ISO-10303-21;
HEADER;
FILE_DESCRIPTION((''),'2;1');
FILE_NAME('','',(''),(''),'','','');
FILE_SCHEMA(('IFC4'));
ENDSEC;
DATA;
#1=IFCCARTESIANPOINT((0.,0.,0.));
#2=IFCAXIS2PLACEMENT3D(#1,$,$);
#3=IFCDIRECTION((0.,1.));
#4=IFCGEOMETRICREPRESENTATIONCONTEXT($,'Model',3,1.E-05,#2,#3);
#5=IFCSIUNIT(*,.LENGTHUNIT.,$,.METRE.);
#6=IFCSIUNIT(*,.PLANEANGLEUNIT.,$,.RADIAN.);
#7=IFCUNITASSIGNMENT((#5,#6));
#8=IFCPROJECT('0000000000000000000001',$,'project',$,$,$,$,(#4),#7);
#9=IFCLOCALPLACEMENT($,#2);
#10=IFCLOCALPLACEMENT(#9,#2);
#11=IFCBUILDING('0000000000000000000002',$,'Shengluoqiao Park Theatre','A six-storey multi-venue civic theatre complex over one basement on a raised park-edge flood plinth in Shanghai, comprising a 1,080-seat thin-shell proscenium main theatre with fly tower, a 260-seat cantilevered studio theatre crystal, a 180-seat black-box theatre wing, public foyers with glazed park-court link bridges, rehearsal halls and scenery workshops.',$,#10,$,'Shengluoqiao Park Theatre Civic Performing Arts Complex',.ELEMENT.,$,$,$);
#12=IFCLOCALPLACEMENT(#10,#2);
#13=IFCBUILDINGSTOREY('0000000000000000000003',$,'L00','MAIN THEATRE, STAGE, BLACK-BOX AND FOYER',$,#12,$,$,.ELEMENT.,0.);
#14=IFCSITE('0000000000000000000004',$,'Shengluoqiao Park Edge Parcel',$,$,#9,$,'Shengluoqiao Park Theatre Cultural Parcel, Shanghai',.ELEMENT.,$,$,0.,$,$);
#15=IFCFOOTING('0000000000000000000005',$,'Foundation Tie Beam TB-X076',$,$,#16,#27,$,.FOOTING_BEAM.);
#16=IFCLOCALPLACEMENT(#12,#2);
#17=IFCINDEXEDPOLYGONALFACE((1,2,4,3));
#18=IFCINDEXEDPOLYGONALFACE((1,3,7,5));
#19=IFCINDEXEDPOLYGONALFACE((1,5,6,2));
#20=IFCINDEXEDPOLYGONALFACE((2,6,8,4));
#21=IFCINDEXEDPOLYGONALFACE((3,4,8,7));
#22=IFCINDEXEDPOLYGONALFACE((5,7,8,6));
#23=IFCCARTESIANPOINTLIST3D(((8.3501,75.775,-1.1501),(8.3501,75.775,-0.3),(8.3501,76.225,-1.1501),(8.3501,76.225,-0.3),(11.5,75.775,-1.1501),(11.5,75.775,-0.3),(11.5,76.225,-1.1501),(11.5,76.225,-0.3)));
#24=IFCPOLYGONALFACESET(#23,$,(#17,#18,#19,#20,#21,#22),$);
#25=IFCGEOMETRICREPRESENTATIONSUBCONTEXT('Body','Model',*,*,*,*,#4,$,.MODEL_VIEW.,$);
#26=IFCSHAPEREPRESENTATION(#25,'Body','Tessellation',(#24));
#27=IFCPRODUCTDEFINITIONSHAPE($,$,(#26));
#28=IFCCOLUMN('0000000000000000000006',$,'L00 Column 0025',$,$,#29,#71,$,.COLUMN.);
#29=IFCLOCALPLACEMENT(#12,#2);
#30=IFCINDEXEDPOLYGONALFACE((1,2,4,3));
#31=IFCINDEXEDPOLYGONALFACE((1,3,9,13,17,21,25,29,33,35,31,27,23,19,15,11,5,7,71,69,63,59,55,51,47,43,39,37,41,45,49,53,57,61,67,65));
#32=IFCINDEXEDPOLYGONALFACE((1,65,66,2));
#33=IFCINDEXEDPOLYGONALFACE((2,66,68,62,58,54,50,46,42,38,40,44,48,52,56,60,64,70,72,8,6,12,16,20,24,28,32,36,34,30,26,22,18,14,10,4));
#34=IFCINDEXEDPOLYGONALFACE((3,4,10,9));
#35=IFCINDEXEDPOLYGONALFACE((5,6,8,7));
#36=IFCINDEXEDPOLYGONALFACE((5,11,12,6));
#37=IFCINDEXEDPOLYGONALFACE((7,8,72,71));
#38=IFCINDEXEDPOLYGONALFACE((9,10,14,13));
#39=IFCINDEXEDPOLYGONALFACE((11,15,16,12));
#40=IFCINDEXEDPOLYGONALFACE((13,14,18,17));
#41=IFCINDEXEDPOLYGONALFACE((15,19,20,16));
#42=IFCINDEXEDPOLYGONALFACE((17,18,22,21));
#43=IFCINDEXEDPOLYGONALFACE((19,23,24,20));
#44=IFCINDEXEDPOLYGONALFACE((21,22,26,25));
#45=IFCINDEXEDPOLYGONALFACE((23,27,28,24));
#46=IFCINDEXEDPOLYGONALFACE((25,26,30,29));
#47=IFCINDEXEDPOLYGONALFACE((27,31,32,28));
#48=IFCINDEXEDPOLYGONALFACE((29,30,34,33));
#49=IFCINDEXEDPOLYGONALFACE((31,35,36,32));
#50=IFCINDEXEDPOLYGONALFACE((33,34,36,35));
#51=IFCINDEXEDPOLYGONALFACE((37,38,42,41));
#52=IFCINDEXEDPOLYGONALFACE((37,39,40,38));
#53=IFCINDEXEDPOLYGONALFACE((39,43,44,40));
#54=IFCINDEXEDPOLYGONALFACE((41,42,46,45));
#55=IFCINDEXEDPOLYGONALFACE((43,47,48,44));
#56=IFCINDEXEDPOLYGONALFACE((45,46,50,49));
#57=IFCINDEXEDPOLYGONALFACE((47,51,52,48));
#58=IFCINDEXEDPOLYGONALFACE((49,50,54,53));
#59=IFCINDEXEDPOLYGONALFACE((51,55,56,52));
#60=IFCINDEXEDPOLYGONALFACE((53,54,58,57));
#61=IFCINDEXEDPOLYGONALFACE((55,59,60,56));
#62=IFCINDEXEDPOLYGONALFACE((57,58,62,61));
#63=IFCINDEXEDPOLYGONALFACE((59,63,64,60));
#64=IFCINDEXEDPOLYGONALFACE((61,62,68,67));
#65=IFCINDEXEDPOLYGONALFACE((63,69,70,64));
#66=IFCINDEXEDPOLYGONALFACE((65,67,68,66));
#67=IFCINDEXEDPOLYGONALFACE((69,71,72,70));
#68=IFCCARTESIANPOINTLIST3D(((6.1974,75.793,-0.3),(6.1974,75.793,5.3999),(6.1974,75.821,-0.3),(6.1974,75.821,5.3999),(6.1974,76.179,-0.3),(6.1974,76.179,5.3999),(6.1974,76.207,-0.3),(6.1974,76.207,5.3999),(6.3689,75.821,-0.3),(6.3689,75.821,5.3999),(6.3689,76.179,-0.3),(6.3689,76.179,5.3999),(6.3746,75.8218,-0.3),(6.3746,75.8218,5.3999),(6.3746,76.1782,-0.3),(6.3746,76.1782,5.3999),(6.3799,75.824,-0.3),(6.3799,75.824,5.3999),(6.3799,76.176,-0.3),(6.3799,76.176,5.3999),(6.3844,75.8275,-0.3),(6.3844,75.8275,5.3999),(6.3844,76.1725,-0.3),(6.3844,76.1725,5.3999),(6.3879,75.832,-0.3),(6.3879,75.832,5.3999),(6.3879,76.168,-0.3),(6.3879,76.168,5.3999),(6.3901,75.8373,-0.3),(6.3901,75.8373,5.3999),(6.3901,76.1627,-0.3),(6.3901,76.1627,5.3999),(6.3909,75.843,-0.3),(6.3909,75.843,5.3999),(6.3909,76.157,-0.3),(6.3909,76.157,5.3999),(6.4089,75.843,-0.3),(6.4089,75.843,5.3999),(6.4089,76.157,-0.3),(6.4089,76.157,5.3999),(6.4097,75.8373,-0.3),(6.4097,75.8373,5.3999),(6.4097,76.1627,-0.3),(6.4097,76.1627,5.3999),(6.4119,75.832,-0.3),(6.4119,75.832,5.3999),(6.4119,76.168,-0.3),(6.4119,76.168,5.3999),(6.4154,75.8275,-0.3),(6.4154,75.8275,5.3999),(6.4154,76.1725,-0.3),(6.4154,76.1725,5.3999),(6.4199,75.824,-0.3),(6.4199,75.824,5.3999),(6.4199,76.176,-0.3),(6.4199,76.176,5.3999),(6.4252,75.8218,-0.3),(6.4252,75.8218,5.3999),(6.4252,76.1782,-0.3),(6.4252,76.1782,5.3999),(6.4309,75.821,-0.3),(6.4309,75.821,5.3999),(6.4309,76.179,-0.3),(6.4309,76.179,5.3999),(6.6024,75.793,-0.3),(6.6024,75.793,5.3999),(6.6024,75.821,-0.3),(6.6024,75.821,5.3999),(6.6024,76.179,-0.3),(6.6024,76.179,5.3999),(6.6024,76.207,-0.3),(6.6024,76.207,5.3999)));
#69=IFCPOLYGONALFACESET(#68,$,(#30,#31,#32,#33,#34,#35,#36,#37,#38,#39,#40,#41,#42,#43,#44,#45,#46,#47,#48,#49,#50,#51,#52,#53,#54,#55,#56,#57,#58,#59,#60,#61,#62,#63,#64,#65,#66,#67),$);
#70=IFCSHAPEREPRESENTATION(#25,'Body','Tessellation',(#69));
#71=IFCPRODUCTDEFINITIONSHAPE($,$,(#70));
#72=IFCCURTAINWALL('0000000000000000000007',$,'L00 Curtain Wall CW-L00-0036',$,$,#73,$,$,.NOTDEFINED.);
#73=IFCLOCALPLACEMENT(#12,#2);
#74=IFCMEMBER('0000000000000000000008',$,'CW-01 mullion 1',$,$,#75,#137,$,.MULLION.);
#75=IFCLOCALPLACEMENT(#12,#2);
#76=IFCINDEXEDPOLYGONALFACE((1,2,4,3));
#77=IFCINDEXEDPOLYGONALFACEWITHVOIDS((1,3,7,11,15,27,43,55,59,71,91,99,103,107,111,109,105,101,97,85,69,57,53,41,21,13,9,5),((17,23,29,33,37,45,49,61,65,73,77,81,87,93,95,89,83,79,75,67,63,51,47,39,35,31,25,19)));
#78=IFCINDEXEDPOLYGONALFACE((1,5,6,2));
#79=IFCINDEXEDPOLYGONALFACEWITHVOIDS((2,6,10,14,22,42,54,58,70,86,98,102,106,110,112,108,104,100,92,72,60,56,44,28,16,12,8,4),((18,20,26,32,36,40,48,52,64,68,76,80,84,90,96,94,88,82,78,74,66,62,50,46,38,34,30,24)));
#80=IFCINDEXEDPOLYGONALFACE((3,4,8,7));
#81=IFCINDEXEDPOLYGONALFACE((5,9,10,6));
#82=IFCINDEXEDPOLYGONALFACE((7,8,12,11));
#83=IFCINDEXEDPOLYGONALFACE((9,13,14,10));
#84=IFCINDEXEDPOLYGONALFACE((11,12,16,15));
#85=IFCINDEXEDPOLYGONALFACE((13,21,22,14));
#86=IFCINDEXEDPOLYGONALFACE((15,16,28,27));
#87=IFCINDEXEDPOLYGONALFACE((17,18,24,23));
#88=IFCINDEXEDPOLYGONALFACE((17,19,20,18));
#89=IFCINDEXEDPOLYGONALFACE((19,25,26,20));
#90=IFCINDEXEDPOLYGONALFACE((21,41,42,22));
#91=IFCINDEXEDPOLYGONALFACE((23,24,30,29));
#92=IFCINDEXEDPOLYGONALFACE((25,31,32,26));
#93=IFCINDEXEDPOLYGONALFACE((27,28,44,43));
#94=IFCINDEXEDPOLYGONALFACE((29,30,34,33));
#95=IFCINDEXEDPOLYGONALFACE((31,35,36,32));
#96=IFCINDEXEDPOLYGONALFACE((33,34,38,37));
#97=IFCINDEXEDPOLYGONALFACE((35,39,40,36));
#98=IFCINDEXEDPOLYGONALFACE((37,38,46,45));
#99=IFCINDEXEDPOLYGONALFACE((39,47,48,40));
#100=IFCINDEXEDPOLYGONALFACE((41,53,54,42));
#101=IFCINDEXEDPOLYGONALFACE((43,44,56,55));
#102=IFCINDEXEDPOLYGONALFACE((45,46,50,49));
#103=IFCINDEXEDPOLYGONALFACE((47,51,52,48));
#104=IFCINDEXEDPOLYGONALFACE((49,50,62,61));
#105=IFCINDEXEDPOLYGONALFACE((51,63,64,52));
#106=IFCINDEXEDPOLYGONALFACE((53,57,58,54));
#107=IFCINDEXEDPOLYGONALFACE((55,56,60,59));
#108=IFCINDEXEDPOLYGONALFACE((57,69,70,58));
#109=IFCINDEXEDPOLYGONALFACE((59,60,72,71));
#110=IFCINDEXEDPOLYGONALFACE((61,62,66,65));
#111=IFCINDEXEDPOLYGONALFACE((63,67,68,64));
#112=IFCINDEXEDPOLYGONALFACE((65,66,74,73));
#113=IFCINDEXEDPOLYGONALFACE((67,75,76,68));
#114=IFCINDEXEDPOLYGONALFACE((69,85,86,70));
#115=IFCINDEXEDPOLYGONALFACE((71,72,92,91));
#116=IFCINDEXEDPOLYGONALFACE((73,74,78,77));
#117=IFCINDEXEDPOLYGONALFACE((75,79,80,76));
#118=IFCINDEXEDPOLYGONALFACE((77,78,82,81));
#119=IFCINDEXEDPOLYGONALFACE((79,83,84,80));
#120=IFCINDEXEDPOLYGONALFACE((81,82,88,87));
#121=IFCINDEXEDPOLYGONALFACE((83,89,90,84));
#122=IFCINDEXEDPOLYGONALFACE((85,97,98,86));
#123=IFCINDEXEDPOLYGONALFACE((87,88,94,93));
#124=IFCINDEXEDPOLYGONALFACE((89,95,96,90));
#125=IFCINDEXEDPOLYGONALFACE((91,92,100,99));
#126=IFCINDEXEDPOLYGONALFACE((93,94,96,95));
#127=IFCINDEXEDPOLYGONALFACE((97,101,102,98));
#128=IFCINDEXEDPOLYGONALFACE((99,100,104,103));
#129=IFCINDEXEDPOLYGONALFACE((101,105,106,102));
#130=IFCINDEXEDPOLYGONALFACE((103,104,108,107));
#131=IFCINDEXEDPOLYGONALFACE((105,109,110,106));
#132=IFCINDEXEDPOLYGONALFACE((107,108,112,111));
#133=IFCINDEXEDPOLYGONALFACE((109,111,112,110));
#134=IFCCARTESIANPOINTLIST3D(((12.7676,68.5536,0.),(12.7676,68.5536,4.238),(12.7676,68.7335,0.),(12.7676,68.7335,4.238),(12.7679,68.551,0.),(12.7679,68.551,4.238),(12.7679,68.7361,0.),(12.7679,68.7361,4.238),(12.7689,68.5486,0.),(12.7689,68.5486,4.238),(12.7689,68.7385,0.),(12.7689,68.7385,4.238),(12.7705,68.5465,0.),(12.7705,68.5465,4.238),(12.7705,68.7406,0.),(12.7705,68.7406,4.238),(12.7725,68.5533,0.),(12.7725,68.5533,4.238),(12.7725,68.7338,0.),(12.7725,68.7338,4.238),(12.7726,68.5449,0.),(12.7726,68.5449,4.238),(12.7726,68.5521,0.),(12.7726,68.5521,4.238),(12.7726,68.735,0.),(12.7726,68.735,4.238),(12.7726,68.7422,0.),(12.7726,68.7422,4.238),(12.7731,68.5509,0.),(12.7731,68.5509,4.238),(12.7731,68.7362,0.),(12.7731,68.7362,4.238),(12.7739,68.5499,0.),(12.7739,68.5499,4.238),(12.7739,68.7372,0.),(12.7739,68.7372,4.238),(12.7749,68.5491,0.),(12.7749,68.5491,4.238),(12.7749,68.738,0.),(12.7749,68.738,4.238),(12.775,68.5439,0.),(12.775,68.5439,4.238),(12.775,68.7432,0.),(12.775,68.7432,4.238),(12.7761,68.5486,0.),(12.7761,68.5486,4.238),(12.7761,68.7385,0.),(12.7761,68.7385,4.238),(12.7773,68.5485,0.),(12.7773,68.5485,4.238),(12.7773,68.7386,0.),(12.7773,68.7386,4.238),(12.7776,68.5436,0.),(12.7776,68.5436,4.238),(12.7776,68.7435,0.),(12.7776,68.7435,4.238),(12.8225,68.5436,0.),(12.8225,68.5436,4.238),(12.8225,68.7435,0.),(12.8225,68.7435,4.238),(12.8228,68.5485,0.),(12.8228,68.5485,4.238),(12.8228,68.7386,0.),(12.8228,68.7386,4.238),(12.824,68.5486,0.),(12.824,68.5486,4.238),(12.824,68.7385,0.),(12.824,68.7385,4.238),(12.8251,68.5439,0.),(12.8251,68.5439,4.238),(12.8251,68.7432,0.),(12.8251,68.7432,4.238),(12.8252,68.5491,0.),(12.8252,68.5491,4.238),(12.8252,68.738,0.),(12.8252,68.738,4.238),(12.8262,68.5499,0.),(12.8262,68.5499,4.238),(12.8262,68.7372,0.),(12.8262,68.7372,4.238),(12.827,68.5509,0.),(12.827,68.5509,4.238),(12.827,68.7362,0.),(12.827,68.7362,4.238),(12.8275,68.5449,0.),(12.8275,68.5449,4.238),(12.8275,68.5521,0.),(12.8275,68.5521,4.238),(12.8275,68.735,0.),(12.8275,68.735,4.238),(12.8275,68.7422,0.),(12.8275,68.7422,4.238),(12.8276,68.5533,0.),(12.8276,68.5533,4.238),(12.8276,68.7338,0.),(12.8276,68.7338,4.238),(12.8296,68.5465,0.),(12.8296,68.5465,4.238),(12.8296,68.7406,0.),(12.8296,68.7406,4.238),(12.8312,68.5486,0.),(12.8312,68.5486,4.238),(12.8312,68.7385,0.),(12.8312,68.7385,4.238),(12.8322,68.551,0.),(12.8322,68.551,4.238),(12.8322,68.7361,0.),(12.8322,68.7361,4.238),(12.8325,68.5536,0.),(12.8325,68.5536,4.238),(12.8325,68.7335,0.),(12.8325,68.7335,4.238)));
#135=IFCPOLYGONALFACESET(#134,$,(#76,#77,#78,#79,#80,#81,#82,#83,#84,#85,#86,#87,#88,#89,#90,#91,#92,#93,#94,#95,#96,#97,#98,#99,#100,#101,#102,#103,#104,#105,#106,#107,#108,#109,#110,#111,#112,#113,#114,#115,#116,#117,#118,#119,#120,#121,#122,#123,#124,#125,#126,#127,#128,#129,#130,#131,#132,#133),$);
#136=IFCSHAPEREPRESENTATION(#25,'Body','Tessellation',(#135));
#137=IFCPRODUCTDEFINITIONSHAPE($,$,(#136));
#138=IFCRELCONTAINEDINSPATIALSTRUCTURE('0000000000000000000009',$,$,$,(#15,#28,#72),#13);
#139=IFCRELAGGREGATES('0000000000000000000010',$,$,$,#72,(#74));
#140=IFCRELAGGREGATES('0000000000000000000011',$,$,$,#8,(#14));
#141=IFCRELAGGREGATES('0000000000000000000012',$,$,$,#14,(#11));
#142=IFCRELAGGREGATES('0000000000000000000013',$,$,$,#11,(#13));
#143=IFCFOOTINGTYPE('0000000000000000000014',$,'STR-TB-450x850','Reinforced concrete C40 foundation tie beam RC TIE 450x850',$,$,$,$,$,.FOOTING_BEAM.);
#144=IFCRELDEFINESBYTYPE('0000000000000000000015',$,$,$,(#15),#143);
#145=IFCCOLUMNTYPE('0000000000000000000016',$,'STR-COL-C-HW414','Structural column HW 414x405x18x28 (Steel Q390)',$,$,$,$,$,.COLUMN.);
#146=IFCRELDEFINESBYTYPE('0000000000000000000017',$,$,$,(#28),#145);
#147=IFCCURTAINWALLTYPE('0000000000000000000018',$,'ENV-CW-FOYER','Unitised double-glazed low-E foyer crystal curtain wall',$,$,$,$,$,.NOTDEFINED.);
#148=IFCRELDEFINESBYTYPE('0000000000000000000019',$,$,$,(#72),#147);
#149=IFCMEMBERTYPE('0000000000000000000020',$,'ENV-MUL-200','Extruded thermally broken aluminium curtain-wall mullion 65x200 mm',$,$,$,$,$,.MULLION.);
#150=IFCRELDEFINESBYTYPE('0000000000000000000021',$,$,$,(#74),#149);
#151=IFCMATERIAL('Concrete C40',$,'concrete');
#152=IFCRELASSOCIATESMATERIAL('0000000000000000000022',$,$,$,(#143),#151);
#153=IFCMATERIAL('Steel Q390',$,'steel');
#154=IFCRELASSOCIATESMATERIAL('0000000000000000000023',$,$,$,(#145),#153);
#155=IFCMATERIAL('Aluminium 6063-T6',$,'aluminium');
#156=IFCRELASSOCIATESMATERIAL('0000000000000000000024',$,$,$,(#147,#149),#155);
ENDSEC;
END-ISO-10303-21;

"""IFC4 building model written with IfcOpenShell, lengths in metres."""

from ifc_helpers import new_model, si_unit, direction, frame, origin, origin_2d, place, context, subcontext, project, spatial, rectangle, hollow_rectangle, i_section, extrude, material, material_profile, profile_set, type_object, element, aggregate, save


model = new_model("IFC4")

# Units and contexts
model_context = context("Model", 3, precision=1e-05, world=origin(), true_north=direction((0.0, 1.0)))
body_context = subcontext(model_context, "Body", "Model", "MODEL_VIEW")
ifc_project = project(units=[si_unit("LENGTHUNIT", "METRE"), si_unit("PLANEANGLEUNIT", "RADIAN")], contexts=[model_context])

# Site, building, storey
site_placement = place(None, origin())
site = spatial("IfcSite", under=ifc_project, at=site_placement, Name="Shengluoqiao Park Edge Parcel", LongName="Shengluoqiao Park Theatre Cultural Parcel, Shanghai", CompositionType="ELEMENT", RefElevation=0.0)
building_placement = place(site_placement, origin())
building = spatial("IfcBuilding", under=site, at=building_placement, Name="Shengluoqiao Park Theatre", Description="A six-storey multi-venue civic theatre complex over one basement on a raised park-edge flood plinth in Shanghai, comprising a 1,080-seat thin-shell proscenium main theatre with fly tower, a 260-seat cantilevered studio theatre crystal, a 180-seat black-box theatre wing, public foyers with glazed park-court link bridges, rehearsal halls and scenery workshops.", LongName="Shengluoqiao Park Theatre Civic Performing Arts Complex", CompositionType="ELEMENT")
storey_placement = place(building_placement, origin())
storey = spatial("IfcBuildingStorey", under=building, at=storey_placement, Name="L00", Description="MAIN THEATRE, STAGE, BLACK-BOX AND FOYER", CompositionType="ELEMENT", Elevation=0.0)

# Shared definitions
ifc_material_1 = material(Name="Concrete C40", Category="concrete")

# Footing
ifc_material_profile_1 = material_profile(ifc_material_1, rectangle(XDim=0.45, YDim=0.8501, at=origin_2d()), Name="RC TIE 450x850")
ifc_profile_set_1 = profile_set([ifc_material_profile_1], Name="Concrete C40")
footing_type_1 = type_object("IfcFootingType", Name="STR-TB-450x850", Description="Reinforced concrete C40 foundation tie beam RC TIE 450x850", PredefinedType="FOOTING_BEAM", material=ifc_profile_set_1)
footing_1_placement = place(storey_placement, frame((8.3501, 76.0, -0.7251), z_axis=(1.0, 0.0, 0.0), x_axis=(0.0, 1.0, 0.0)))
element("IfcFooting", 1, at=footing_1_placement, inside=storey, type_object=footing_type_1, Name="Foundation Tie Beam TB-X076", PredefinedType="FOOTING_BEAM", context=body_context, shape_type="SweptSolid", body=[
    extrude(rectangle(XDim=0.45, YDim=0.8501, at=origin_2d()), origin(), (0.0, 0.0, 1.0), 3.1499),
])

# Column
ifc_material_2 = material(Name="Steel Q390", Category="steel")
ifc_material_profile_2 = material_profile(ifc_material_2, i_section(OverallWidth=0.405, OverallDepth=0.4141, WebThickness=0.0181, FlangeThickness=0.0281, FilletRadius=0.022, at=origin_2d()), Name="HW 414x405x18x28")
ifc_profile_set_2 = profile_set([ifc_material_profile_2], Name="Steel Q390")
column_type = type_object("IfcColumnType", Name="STR-COL-C-HW414", Description="Structural column HW 414x405x18x28 (Steel Q390)", PredefinedType="COLUMN", material=ifc_profile_set_2)
column_placement = place(storey_placement, frame((6.3999, 76.0, -0.3), z_axis=(0.0, 0.0, 1.0), x_axis=(1.0, 0.0, 0.0)))
element("IfcColumn", 2, at=column_placement, inside=storey, type_object=column_type, Name="L00 Column 0025", PredefinedType="COLUMN", context=body_context, shape_type="SweptSolid", body=[
    extrude(i_section(OverallWidth=0.405, OverallDepth=0.4141, WebThickness=0.0181, FlangeThickness=0.0281, FilletRadius=0.022, at=origin_2d()), origin(), (0.0, 0.0, 1.0), 5.7),
])

# Curtain wall, member
ifc_material_3 = material(Name="Aluminium 6063-T6", Category="aluminium")
curtain_wall_type = type_object("IfcCurtainWallType", Name="ENV-CW-FOYER", Description="Unitised double-glazed low-E foyer crystal curtain wall", PredefinedType="NOTDEFINED", material=ifc_material_3)
curtain_wall_placement = place(storey_placement, origin())
curtain_wall = element("IfcCurtainWall", 3, at=curtain_wall_placement, inside=storey, type_object=curtain_wall_type, Name="L00 Curtain Wall CW-L00-0036", PredefinedType="NOTDEFINED")
ifc_material_profile_3 = material_profile(ifc_material_3, hollow_rectangle(XDim=0.0649, YDim=0.2, WallThickness=0.0049, InnerFilletRadius=0.0049, OuterFilletRadius=0.01, at=origin_2d()), Name="ALU MULLION 200x65x5")
ifc_profile_set_3 = profile_set([ifc_material_profile_3], Name="Aluminium 6063-T6")
member_type_1 = type_object("IfcMemberType", Name="ENV-MUL-200", Description="Extruded thermally broken aluminium curtain-wall mullion 65x200 mm", PredefinedType="MULLION", material=ifc_profile_set_3)
member_1_placement = place(storey_placement, frame((12.8, 68.6436, 0.0), z_axis=(0.0, 0.0, 1.0), x_axis=(-1.0, 0.0, 0.0)))
member_1 = element("IfcMember", 4, at=member_1_placement, type_object=member_type_1, Name="CW-01 mullion 1", PredefinedType="MULLION", context=body_context, shape_type="SweptSolid", body=[
    extrude(hollow_rectangle(XDim=0.0649, YDim=0.2, WallThickness=0.0049, InnerFilletRadius=0.0049, OuterFilletRadius=0.01, at=origin_2d()), origin(), (0.0, 0.0, 1.0), 4.238),
])

aggregate(curtain_wall, [member_1])

save(model, "model.ifc")
